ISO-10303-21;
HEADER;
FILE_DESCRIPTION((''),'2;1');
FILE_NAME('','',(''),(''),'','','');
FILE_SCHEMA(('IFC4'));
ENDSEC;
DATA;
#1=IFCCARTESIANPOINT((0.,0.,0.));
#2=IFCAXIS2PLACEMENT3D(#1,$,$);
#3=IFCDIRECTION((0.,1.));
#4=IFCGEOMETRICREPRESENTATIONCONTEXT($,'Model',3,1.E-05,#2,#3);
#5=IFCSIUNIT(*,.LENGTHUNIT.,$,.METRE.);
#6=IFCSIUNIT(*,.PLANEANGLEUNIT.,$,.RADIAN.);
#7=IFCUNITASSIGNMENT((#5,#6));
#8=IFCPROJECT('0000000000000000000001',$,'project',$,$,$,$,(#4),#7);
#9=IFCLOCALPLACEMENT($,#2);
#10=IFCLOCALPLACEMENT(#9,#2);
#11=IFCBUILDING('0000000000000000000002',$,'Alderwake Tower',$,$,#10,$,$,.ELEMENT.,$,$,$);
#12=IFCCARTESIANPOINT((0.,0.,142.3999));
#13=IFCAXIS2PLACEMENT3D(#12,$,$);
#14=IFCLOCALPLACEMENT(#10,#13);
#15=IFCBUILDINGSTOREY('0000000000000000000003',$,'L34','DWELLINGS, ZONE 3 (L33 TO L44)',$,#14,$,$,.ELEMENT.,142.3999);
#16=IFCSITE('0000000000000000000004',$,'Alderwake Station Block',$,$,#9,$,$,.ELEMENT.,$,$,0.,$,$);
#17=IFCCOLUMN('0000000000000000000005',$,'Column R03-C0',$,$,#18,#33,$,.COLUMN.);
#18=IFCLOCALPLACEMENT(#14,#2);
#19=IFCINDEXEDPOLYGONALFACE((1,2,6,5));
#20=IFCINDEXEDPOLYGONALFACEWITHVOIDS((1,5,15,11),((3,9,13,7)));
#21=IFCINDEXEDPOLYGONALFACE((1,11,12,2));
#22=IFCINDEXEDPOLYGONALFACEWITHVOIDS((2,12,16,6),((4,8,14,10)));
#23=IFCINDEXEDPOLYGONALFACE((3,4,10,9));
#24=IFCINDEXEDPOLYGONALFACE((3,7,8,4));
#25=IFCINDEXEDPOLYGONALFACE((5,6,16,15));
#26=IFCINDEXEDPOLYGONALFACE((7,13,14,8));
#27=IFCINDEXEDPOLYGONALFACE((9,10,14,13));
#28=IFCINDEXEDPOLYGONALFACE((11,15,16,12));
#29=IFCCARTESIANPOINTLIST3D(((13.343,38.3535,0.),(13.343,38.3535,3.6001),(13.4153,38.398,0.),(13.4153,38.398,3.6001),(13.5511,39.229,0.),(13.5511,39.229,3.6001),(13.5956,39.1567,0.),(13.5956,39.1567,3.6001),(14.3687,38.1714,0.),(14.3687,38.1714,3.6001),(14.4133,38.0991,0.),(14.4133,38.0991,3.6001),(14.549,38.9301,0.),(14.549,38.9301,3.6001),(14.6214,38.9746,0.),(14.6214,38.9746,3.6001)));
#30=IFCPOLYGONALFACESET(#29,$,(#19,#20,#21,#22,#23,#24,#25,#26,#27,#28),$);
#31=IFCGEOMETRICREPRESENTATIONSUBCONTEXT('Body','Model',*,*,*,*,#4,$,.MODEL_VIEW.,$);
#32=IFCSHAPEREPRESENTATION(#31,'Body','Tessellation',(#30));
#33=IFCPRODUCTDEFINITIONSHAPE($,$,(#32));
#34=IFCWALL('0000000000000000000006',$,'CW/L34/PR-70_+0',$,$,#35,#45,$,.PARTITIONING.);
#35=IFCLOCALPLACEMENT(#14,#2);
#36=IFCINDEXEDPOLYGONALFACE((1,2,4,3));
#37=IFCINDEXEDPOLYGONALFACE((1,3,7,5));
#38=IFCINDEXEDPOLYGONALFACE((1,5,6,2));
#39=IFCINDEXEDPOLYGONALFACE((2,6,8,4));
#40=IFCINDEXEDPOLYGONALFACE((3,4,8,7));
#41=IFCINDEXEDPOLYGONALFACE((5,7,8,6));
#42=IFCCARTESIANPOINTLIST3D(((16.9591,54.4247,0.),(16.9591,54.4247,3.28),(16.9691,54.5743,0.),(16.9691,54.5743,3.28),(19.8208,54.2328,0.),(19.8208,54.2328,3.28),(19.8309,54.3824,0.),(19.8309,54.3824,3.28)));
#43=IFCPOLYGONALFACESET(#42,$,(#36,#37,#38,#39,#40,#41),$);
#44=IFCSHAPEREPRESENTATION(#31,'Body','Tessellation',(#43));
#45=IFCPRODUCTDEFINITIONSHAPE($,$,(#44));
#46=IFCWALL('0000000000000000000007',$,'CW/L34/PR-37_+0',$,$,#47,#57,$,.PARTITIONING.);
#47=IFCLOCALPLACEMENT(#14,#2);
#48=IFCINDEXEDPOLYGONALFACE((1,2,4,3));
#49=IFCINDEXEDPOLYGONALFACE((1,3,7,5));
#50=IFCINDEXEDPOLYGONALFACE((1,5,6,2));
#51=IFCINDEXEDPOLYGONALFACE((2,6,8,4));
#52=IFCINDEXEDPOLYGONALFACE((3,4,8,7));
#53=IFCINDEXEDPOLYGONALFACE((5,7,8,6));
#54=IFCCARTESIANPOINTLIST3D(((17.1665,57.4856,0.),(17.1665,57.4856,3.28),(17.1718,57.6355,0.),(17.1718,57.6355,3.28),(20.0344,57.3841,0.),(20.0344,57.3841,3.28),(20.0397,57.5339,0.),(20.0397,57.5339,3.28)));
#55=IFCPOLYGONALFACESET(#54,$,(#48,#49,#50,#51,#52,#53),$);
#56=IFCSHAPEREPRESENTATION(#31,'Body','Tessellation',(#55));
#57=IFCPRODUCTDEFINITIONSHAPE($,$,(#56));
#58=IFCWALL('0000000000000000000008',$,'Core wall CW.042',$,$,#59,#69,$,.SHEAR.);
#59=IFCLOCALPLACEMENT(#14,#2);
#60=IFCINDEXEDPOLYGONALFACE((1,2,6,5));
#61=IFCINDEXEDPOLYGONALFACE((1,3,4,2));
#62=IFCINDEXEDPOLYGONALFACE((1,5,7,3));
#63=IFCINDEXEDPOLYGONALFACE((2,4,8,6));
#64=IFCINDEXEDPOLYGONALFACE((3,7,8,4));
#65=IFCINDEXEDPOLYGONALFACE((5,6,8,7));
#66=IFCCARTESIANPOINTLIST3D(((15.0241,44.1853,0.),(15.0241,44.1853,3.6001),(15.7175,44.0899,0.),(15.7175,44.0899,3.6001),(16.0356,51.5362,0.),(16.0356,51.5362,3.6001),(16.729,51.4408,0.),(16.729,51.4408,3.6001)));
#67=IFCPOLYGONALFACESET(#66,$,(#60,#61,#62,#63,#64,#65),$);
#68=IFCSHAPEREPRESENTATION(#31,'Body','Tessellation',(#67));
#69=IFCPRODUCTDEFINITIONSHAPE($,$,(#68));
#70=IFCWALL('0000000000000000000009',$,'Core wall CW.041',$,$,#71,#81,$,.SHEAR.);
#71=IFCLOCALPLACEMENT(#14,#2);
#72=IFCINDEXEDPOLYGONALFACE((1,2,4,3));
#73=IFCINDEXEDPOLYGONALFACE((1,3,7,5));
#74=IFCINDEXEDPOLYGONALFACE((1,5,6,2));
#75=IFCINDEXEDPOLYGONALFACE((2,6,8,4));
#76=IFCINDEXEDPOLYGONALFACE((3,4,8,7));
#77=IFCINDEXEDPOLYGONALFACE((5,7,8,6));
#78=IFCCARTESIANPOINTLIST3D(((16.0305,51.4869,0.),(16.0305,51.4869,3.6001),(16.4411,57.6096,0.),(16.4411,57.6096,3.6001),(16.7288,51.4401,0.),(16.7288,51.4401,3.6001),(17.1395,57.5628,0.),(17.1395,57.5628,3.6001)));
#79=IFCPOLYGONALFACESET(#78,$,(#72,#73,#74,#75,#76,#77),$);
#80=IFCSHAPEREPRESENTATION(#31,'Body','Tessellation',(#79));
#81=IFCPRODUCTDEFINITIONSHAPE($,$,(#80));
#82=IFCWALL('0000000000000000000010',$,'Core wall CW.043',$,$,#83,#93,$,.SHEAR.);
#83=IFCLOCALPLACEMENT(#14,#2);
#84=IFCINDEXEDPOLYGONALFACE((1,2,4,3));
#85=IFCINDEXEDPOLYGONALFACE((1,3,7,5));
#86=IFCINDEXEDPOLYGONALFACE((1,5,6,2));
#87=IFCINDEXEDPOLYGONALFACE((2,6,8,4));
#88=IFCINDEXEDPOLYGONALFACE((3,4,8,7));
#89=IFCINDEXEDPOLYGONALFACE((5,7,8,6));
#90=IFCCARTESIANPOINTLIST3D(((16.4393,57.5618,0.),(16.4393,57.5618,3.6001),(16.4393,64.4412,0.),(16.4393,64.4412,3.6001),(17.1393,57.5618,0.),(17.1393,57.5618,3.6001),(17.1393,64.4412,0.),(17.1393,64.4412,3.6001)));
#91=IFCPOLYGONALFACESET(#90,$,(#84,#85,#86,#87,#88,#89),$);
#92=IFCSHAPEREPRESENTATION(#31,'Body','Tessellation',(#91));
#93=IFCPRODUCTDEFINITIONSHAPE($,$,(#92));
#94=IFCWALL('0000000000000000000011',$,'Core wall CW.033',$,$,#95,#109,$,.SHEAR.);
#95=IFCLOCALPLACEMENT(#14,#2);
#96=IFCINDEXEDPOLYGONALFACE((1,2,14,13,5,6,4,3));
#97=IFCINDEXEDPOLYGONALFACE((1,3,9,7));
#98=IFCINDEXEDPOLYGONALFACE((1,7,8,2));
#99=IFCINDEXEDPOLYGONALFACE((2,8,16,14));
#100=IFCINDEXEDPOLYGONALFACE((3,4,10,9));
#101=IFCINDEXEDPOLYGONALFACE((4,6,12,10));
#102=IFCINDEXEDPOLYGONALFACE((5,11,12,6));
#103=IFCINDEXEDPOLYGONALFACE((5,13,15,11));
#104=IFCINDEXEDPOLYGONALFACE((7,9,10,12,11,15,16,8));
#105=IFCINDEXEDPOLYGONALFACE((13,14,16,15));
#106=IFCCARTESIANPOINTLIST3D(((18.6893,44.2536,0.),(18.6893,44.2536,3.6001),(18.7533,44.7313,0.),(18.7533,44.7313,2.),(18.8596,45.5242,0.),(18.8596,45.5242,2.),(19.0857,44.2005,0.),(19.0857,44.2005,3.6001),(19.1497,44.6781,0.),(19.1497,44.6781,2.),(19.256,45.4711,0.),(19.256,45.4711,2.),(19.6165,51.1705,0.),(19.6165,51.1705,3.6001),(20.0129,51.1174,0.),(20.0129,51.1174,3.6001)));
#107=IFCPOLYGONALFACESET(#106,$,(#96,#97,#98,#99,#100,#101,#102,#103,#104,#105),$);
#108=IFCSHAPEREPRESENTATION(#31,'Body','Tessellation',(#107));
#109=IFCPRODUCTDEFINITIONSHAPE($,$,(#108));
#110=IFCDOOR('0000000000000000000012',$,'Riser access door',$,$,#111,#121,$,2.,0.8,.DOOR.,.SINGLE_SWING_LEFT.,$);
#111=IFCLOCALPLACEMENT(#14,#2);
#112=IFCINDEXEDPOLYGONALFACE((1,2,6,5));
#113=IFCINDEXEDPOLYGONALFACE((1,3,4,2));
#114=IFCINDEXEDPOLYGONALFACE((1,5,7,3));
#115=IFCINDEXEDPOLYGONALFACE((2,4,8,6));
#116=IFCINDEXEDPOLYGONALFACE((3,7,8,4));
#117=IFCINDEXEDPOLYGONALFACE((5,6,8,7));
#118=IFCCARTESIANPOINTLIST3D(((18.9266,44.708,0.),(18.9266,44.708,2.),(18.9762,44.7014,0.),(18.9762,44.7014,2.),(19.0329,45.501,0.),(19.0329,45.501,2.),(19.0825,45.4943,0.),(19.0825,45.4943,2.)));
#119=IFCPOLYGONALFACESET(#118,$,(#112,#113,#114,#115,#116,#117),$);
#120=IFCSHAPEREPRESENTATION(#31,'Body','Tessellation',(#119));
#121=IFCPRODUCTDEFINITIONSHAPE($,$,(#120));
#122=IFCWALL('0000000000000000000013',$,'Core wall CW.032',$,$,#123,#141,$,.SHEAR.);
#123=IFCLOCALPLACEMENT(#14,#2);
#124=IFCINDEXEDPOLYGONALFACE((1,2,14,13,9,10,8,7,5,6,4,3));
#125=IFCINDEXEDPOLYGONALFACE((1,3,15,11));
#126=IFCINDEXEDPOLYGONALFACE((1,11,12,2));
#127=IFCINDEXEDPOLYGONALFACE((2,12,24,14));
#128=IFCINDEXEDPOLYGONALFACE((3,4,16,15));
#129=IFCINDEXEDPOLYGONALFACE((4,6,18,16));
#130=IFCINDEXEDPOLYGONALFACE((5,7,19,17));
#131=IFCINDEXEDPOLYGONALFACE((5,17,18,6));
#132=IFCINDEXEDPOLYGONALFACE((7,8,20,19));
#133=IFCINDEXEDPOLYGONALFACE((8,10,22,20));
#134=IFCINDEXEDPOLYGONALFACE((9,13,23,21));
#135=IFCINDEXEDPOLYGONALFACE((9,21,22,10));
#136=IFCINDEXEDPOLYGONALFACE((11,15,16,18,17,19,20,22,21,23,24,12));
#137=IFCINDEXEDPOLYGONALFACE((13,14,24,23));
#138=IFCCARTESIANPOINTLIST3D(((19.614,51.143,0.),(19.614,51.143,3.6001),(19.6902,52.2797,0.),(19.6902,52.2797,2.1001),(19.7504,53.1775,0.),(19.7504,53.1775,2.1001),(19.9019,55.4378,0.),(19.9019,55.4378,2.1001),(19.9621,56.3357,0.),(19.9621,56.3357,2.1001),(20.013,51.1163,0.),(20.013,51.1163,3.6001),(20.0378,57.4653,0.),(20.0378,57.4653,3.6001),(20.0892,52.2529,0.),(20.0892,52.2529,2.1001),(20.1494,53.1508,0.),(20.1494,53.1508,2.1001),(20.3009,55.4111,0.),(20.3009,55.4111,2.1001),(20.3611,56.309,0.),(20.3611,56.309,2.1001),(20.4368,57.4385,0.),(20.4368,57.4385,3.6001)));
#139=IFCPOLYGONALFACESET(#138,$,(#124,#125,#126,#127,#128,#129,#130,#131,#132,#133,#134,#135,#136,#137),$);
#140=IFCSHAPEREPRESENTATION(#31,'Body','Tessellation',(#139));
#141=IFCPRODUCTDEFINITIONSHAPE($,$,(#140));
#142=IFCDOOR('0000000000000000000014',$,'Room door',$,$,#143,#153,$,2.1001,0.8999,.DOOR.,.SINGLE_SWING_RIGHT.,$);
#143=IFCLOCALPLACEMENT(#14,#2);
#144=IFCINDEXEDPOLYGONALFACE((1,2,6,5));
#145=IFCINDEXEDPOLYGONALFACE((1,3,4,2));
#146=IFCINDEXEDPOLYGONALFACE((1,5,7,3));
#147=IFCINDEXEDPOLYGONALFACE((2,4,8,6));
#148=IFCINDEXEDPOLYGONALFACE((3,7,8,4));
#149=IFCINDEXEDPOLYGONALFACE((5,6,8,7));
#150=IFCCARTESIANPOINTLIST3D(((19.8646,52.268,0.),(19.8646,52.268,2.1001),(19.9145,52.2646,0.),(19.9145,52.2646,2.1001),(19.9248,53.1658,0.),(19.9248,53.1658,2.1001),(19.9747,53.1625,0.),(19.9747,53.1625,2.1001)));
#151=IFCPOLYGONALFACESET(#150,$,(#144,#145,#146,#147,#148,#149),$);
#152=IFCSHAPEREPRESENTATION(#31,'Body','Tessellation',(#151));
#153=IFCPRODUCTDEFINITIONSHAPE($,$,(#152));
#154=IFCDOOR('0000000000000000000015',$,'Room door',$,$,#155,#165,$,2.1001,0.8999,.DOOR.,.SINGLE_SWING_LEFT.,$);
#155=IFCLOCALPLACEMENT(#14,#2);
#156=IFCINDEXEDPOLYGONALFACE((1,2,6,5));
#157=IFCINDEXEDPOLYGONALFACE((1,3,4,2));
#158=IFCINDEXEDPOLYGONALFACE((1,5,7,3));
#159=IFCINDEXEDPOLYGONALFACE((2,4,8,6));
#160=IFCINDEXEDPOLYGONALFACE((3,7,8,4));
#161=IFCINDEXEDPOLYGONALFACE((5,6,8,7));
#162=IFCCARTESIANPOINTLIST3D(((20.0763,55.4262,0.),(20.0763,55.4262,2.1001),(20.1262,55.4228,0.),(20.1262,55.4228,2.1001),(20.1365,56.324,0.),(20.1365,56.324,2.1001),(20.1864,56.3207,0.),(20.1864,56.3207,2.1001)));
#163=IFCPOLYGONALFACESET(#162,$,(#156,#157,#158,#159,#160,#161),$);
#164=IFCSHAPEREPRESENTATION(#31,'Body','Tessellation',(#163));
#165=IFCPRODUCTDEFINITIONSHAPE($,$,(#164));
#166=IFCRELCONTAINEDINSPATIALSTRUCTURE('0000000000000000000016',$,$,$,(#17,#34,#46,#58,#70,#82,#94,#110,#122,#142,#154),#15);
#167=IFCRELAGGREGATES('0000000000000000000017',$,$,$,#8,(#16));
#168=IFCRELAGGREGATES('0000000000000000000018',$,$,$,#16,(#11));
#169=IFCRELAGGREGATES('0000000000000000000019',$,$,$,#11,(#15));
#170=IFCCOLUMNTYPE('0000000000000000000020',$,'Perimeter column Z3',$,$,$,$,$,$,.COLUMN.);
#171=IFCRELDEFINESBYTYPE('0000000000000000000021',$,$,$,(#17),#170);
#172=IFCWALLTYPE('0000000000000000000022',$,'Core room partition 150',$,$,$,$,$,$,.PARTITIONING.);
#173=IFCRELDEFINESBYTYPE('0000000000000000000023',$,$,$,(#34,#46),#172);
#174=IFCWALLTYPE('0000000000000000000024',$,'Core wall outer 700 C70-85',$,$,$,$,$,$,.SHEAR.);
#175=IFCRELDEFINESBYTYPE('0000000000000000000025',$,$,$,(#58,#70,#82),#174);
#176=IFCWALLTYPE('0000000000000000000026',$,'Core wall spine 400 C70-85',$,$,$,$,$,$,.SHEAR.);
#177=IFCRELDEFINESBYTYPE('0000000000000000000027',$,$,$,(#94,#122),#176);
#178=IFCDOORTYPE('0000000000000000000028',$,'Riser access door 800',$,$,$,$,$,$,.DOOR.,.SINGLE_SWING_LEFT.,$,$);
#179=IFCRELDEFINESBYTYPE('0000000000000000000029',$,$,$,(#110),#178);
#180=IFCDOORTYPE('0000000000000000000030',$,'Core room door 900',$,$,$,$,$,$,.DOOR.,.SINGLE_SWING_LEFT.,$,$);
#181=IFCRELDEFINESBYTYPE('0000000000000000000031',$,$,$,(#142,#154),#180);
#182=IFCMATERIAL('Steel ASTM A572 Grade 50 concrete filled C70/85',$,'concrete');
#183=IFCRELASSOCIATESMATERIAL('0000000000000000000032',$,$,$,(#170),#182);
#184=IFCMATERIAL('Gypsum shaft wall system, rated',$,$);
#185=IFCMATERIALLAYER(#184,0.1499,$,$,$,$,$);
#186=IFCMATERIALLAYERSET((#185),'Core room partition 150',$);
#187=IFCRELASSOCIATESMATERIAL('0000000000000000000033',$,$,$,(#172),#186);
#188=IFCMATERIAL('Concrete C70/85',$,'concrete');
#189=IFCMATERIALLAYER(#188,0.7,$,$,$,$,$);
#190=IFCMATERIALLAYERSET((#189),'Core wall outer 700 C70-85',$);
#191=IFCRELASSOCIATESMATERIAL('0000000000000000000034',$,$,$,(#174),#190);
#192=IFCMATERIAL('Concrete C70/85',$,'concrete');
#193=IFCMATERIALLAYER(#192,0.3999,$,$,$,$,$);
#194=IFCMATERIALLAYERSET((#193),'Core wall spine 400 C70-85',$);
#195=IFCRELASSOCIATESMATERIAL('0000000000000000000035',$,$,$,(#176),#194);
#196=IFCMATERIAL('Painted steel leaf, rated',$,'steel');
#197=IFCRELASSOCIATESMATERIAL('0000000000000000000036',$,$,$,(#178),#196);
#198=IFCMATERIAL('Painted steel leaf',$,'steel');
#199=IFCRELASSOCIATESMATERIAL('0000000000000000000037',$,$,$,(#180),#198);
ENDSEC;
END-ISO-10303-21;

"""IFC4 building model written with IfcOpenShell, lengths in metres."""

from ifc_helpers import new_model, si_unit, direction, frame, frame_2d, origin, origin_2d, place, context, subcontext, project, spatial, rectangle, hollow_rectangle, extrude, material, layer, layer_set, material_profile, profile_set, type_object, element, fill, save


model = new_model("IFC4")

# Units and contexts
model_context = context("Model", 3, precision=1e-05, world=origin(), true_north=direction((0.0, 1.0)))
body_context = subcontext(model_context, "Body", "Model", "MODEL_VIEW")
ifc_project = project(units=[si_unit("LENGTHUNIT", "METRE"), si_unit("PLANEANGLEUNIT", "RADIAN")], contexts=[model_context])

# Site, building, storey
site_placement = place(None, origin())
site = spatial("IfcSite", under=ifc_project, at=site_placement, Name="Alderwake Station Block", CompositionType="ELEMENT", RefElevation=0.0)
building_placement = place(site_placement, origin())
building = spatial("IfcBuilding", under=site, at=building_placement, Name="Alderwake Tower", CompositionType="ELEMENT")
storey_placement = place(building_placement, frame((0.0, 0.0, 142.3999)))
storey = spatial("IfcBuildingStorey", under=building, at=storey_placement, Name="L34", Description="DWELLINGS, ZONE 3 (L33 TO L44)", CompositionType="ELEMENT", Elevation=142.3999)

# Column
ifc_material_1 = material(Name="Steel ASTM A572 Grade 50 concrete filled C70/85", Category="concrete")
ifc_material_profile = material_profile(ifc_material_1, hollow_rectangle(XDim=0.8999, YDim=1.1001, WallThickness=0.0601, at=origin_2d()), Name="BOX 1100X900X60")
ifc_profile_set = profile_set([ifc_material_profile], Name="Steel ASTM A572 Grade 50 concrete filled C70/85")
column_type = type_object("IfcColumnType", Name="Perimeter column Z3", PredefinedType="COLUMN", material=ifc_profile_set)
column_placement = place(storey_placement, frame((13.9822, 38.6641, 0.0), z_axis=(0.0, 0.0, 1.0), x_axis=(0.231222, 0.972901, 0.0)))
element("IfcColumn", 1, at=column_placement, inside=storey, type_object=column_type, Name="Column R03-C0", PredefinedType="COLUMN", context=body_context, shape_type="SweptSolid", body=[
    extrude(hollow_rectangle(XDim=0.8999, YDim=1.1001, WallThickness=0.0601, at=origin_2d()), origin(), (0.0, 0.0, 1.0), 3.6001),
])

# Walls
ifc_material_2 = material(Name="Gypsum shaft wall system, rated")
ifc_layer_1 = layer(ifc_material_2, 0.1499)
ifc_layer_set_1 = layer_set([ifc_layer_1], Name="Core room partition 150")
wall_type_1 = type_object("IfcWallType", Name="Core room partition 150", PredefinedType="PARTITIONING", material=ifc_layer_set_1)
wall_1_placement = place(storey_placement, frame((16.9641, 54.4995, 0.0), z_axis=(0.0, 0.0, 1.0), x_axis=(0.997759, -0.066903, 0.0)))
element("IfcWall", 2, at=wall_1_placement, inside=storey, type_object=wall_type_1, Name="CW/L34/PR-70_+0", PredefinedType="PARTITIONING", context=body_context, shape_type="SweptSolid", body=[
    extrude(rectangle(XDim=2.8682, YDim=0.1499, at=frame_2d((1.4341, 0.0))), origin(), (0.0, 0.0, 1.0), 3.28),
])
wall_2_placement = place(storey_placement, frame((17.1692, 57.5605, 0.0), z_axis=(0.0, 0.0, 1.0), x_axis=(0.999374, -0.035391, 0.0)))
element("IfcWall", 3, at=wall_2_placement, inside=storey, type_object=wall_type_1, Name="CW/L34/PR-37_+0", PredefinedType="PARTITIONING", context=body_context, shape_type="SweptSolid", body=[
    extrude(rectangle(XDim=2.8696, YDim=0.1499, at=frame_2d((1.4348, 0.0))), origin(), (0.0, 0.0, 1.0), 3.28),
])
ifc_material_3 = material(Name="Concrete C70/85", Category="concrete")
ifc_layer_2 = layer(ifc_material_3, 0.7)
ifc_layer_set_2 = layer_set([ifc_layer_2], Name="Core wall outer 700 C70-85")
wall_type_2 = type_object("IfcWallType", Name="Core wall outer 700 C70-85", PredefinedType="SHEAR", material=ifc_layer_set_2)
wall_3_placement = place(storey_placement, frame((15.3708, 44.1377, 0.0), z_axis=(0.0, 0.0, 1.0), x_axis=(0.136316, 0.990665, 0.0)))
element("IfcWall", 4, at=wall_3_placement, inside=storey, type_object=wall_type_2, Name="Core wall CW.042", PredefinedType="SHEAR", context=body_context, shape_type="SweptSolid", body=[
    extrude(rectangle(XDim=7.4202, YDim=0.7, at=frame_2d((3.71, 0.0))), origin(), (0.0, 0.0, 1.0), 3.6001),
])
wall_4_placement = place(storey_placement, frame((16.3796, 51.4634, 0.0), z_axis=(0.0, 0.0, 1.0), x_axis=(0.066918, 0.997758, 0.0)))
element("IfcWall", 5, at=wall_4_placement, inside=storey, type_object=wall_type_2, Name="Core wall CW.041", PredefinedType="SHEAR", context=body_context, shape_type="SweptSolid", body=[
    extrude(rectangle(XDim=6.1365, YDim=0.7, at=frame_2d((3.0684, 0.0))), origin(), (0.0, 0.0, 1.0), 3.6001),
])
wall_5_placement = place(storey_placement, frame((16.7893, 57.5618, 0.0), z_axis=(0.0, 0.0, 1.0), x_axis=(0.0, 1.0, 0.0)))
element("IfcWall", 6, at=wall_5_placement, inside=storey, type_object=wall_type_2, Name="Core wall CW.043", PredefinedType="SHEAR", context=body_context, shape_type="SweptSolid", body=[
    extrude(rectangle(XDim=6.8794, YDim=0.7, at=frame_2d((3.4397, 0.0))), origin(), (0.0, 0.0, 1.0), 3.6001),
])

# Wall, opening, door
ifc_material_4 = material(Name="Concrete C70/85", Category="concrete")
ifc_layer_3 = layer(ifc_material_4, 0.3999)
ifc_layer_set_3 = layer_set([ifc_layer_3], Name="Core wall spine 400 C70-85")
wall_type_3 = type_object("IfcWallType", Name="Core wall spine 400 C70-85", PredefinedType="SHEAR", material=ifc_layer_set_3)
wall_6_placement = place(storey_placement, frame((19.8147, 51.1438, 0.0), z_axis=(0.0, 0.0, 1.0), x_axis=(-0.132865, -0.991134, 0.0)))
wall_6 = element("IfcWall", 7, at=wall_6_placement, inside=storey, type_object=wall_type_3, Name="Core wall CW.033", PredefinedType="SHEAR", context=body_context, shape_type="SweptSolid", body=[
    extrude(rectangle(XDim=6.9788, YDim=0.3999, at=frame_2d((3.4893, 0.0))), origin(), (0.0, 0.0, 1.0), 3.6001),
])
opening_1_placement = place(wall_6_placement, frame((5.6968, 0.0, 0.0)))
opening_1 = element("IfcOpeningElement", 8, at=opening_1_placement, cuts=wall_6, PredefinedType="OPENING", context=body_context, shape_type="SweptSolid", body=[
    extrude(rectangle(XDim=0.8, YDim=2.0, at=frame_2d((0.3999, 1.0))), frame((0.0, 0.21, 0.0), z_axis=(0.0, -1.0, 0.0), x_axis=(1.0, 0.0, 0.0)), (0.0, 0.0, 1.0), 0.4199),
])
ifc_material_5 = material(Name="Painted steel leaf, rated", Category="steel")
door_type_1 = type_object("IfcDoorType", Name="Riser access door 800", OperationType="SINGLE_SWING_LEFT", PredefinedType="DOOR", material=ifc_material_5)
door_1_placement = place(opening_1_placement, origin())
door_1 = element("IfcDoor", 9, at=door_1_placement, inside=storey, type_object=door_type_1, Name="Riser access door", OperationType="SINGLE_SWING_LEFT", OverallHeight=2.0, OverallWidth=0.8, PredefinedType="DOOR", context=body_context, shape_type="SweptSolid", body=[
    extrude(rectangle(XDim=0.8, YDim=2.0, at=frame_2d((0.3999, 1.0))), frame((0.0, 0.0249, 0.0), z_axis=(0.0, -1.0, 0.0), x_axis=(1.0, 0.0, 0.0)), (0.0, 0.0, 1.0), 0.05),
])
fill(opening_1, door_1)

# Wall, openings, doors
wall_7_placement = place(storey_placement, frame((20.2373, 57.4519, 0.0), z_axis=(0.0, 0.0, 1.0), x_axis=(-0.066887, -0.997761, 0.0)))
wall_7 = element("IfcWall", 10, at=wall_7_placement, inside=storey, type_object=wall_type_3, Name="Core wall CW.032", PredefinedType="SHEAR", context=body_context, shape_type="SweptSolid", body=[
    extrude(rectangle(XDim=6.3364, YDim=0.3999, at=frame_2d((3.1682, 0.0))), origin(), (0.0, 0.0, 1.0), 3.6001),
])
opening_2_placement = place(wall_7_placement, frame((4.2974, 0.0, 0.0)))
opening_2 = element("IfcOpeningElement", 11, at=opening_2_placement, cuts=wall_7, PredefinedType="OPENING", context=body_context, shape_type="SweptSolid", body=[
    extrude(rectangle(XDim=0.8999, YDim=2.1001, at=frame_2d((0.45, 1.05))), frame((0.0, 0.21, 0.0), z_axis=(0.0, -1.0, 0.0), x_axis=(1.0, 0.0, 0.0)), (0.0, 0.0, 1.0), 0.4199),
])
opening_3_placement = place(wall_7_placement, frame((1.1321, 0.0, 0.0)))
opening_3 = element("IfcOpeningElement", 12, at=opening_3_placement, cuts=wall_7, PredefinedType="OPENING", context=body_context, shape_type="SweptSolid", body=[
    extrude(rectangle(XDim=0.8999, YDim=2.1001, at=frame_2d((0.45, 1.05))), frame((0.0, 0.21, 0.0), z_axis=(0.0, -1.0, 0.0), x_axis=(1.0, 0.0, 0.0)), (0.0, 0.0, 1.0), 0.4199),
])
ifc_material_6 = material(Name="Painted steel leaf", Category="steel")
door_type_2 = type_object("IfcDoorType", Name="Core room door 900", OperationType="SINGLE_SWING_LEFT", PredefinedType="DOOR", material=ifc_material_6)
door_2_placement = place(opening_2_placement, origin())
door_2 = element("IfcDoor", 13, at=door_2_placement, inside=storey, type_object=door_type_2, Name="Room door", OperationType="SINGLE_SWING_RIGHT", OverallHeight=2.1001, OverallWidth=0.8999, PredefinedType="DOOR", context=body_context, shape_type="SweptSolid", body=[
    extrude(rectangle(XDim=0.8999, YDim=2.1001, at=frame_2d((0.45, 1.05))), frame((0.0, 0.0249, 0.0), z_axis=(0.0, -1.0, 0.0), x_axis=(1.0, 0.0, 0.0)), (0.0, 0.0, 1.0), 0.05),
])
fill(opening_2, door_2)
door_3_placement = place(opening_3_placement, origin())
door_3 = element("IfcDoor", 14, at=door_3_placement, inside=storey, type_object=door_type_2, Name="Room door", OperationType="SINGLE_SWING_LEFT", OverallHeight=2.1001, OverallWidth=0.8999, PredefinedType="DOOR", context=body_context, shape_type="SweptSolid", body=[
    extrude(rectangle(XDim=0.8999, YDim=2.1001, at=frame_2d((0.45, 1.05))), frame((0.0, 0.0249, 0.0), z_axis=(0.0, -1.0, 0.0), x_axis=(1.0, 0.0, 0.0)), (0.0, 0.0, 1.0), 0.05),
])
fill(opening_3, door_3)

save(model, "model.ifc")
